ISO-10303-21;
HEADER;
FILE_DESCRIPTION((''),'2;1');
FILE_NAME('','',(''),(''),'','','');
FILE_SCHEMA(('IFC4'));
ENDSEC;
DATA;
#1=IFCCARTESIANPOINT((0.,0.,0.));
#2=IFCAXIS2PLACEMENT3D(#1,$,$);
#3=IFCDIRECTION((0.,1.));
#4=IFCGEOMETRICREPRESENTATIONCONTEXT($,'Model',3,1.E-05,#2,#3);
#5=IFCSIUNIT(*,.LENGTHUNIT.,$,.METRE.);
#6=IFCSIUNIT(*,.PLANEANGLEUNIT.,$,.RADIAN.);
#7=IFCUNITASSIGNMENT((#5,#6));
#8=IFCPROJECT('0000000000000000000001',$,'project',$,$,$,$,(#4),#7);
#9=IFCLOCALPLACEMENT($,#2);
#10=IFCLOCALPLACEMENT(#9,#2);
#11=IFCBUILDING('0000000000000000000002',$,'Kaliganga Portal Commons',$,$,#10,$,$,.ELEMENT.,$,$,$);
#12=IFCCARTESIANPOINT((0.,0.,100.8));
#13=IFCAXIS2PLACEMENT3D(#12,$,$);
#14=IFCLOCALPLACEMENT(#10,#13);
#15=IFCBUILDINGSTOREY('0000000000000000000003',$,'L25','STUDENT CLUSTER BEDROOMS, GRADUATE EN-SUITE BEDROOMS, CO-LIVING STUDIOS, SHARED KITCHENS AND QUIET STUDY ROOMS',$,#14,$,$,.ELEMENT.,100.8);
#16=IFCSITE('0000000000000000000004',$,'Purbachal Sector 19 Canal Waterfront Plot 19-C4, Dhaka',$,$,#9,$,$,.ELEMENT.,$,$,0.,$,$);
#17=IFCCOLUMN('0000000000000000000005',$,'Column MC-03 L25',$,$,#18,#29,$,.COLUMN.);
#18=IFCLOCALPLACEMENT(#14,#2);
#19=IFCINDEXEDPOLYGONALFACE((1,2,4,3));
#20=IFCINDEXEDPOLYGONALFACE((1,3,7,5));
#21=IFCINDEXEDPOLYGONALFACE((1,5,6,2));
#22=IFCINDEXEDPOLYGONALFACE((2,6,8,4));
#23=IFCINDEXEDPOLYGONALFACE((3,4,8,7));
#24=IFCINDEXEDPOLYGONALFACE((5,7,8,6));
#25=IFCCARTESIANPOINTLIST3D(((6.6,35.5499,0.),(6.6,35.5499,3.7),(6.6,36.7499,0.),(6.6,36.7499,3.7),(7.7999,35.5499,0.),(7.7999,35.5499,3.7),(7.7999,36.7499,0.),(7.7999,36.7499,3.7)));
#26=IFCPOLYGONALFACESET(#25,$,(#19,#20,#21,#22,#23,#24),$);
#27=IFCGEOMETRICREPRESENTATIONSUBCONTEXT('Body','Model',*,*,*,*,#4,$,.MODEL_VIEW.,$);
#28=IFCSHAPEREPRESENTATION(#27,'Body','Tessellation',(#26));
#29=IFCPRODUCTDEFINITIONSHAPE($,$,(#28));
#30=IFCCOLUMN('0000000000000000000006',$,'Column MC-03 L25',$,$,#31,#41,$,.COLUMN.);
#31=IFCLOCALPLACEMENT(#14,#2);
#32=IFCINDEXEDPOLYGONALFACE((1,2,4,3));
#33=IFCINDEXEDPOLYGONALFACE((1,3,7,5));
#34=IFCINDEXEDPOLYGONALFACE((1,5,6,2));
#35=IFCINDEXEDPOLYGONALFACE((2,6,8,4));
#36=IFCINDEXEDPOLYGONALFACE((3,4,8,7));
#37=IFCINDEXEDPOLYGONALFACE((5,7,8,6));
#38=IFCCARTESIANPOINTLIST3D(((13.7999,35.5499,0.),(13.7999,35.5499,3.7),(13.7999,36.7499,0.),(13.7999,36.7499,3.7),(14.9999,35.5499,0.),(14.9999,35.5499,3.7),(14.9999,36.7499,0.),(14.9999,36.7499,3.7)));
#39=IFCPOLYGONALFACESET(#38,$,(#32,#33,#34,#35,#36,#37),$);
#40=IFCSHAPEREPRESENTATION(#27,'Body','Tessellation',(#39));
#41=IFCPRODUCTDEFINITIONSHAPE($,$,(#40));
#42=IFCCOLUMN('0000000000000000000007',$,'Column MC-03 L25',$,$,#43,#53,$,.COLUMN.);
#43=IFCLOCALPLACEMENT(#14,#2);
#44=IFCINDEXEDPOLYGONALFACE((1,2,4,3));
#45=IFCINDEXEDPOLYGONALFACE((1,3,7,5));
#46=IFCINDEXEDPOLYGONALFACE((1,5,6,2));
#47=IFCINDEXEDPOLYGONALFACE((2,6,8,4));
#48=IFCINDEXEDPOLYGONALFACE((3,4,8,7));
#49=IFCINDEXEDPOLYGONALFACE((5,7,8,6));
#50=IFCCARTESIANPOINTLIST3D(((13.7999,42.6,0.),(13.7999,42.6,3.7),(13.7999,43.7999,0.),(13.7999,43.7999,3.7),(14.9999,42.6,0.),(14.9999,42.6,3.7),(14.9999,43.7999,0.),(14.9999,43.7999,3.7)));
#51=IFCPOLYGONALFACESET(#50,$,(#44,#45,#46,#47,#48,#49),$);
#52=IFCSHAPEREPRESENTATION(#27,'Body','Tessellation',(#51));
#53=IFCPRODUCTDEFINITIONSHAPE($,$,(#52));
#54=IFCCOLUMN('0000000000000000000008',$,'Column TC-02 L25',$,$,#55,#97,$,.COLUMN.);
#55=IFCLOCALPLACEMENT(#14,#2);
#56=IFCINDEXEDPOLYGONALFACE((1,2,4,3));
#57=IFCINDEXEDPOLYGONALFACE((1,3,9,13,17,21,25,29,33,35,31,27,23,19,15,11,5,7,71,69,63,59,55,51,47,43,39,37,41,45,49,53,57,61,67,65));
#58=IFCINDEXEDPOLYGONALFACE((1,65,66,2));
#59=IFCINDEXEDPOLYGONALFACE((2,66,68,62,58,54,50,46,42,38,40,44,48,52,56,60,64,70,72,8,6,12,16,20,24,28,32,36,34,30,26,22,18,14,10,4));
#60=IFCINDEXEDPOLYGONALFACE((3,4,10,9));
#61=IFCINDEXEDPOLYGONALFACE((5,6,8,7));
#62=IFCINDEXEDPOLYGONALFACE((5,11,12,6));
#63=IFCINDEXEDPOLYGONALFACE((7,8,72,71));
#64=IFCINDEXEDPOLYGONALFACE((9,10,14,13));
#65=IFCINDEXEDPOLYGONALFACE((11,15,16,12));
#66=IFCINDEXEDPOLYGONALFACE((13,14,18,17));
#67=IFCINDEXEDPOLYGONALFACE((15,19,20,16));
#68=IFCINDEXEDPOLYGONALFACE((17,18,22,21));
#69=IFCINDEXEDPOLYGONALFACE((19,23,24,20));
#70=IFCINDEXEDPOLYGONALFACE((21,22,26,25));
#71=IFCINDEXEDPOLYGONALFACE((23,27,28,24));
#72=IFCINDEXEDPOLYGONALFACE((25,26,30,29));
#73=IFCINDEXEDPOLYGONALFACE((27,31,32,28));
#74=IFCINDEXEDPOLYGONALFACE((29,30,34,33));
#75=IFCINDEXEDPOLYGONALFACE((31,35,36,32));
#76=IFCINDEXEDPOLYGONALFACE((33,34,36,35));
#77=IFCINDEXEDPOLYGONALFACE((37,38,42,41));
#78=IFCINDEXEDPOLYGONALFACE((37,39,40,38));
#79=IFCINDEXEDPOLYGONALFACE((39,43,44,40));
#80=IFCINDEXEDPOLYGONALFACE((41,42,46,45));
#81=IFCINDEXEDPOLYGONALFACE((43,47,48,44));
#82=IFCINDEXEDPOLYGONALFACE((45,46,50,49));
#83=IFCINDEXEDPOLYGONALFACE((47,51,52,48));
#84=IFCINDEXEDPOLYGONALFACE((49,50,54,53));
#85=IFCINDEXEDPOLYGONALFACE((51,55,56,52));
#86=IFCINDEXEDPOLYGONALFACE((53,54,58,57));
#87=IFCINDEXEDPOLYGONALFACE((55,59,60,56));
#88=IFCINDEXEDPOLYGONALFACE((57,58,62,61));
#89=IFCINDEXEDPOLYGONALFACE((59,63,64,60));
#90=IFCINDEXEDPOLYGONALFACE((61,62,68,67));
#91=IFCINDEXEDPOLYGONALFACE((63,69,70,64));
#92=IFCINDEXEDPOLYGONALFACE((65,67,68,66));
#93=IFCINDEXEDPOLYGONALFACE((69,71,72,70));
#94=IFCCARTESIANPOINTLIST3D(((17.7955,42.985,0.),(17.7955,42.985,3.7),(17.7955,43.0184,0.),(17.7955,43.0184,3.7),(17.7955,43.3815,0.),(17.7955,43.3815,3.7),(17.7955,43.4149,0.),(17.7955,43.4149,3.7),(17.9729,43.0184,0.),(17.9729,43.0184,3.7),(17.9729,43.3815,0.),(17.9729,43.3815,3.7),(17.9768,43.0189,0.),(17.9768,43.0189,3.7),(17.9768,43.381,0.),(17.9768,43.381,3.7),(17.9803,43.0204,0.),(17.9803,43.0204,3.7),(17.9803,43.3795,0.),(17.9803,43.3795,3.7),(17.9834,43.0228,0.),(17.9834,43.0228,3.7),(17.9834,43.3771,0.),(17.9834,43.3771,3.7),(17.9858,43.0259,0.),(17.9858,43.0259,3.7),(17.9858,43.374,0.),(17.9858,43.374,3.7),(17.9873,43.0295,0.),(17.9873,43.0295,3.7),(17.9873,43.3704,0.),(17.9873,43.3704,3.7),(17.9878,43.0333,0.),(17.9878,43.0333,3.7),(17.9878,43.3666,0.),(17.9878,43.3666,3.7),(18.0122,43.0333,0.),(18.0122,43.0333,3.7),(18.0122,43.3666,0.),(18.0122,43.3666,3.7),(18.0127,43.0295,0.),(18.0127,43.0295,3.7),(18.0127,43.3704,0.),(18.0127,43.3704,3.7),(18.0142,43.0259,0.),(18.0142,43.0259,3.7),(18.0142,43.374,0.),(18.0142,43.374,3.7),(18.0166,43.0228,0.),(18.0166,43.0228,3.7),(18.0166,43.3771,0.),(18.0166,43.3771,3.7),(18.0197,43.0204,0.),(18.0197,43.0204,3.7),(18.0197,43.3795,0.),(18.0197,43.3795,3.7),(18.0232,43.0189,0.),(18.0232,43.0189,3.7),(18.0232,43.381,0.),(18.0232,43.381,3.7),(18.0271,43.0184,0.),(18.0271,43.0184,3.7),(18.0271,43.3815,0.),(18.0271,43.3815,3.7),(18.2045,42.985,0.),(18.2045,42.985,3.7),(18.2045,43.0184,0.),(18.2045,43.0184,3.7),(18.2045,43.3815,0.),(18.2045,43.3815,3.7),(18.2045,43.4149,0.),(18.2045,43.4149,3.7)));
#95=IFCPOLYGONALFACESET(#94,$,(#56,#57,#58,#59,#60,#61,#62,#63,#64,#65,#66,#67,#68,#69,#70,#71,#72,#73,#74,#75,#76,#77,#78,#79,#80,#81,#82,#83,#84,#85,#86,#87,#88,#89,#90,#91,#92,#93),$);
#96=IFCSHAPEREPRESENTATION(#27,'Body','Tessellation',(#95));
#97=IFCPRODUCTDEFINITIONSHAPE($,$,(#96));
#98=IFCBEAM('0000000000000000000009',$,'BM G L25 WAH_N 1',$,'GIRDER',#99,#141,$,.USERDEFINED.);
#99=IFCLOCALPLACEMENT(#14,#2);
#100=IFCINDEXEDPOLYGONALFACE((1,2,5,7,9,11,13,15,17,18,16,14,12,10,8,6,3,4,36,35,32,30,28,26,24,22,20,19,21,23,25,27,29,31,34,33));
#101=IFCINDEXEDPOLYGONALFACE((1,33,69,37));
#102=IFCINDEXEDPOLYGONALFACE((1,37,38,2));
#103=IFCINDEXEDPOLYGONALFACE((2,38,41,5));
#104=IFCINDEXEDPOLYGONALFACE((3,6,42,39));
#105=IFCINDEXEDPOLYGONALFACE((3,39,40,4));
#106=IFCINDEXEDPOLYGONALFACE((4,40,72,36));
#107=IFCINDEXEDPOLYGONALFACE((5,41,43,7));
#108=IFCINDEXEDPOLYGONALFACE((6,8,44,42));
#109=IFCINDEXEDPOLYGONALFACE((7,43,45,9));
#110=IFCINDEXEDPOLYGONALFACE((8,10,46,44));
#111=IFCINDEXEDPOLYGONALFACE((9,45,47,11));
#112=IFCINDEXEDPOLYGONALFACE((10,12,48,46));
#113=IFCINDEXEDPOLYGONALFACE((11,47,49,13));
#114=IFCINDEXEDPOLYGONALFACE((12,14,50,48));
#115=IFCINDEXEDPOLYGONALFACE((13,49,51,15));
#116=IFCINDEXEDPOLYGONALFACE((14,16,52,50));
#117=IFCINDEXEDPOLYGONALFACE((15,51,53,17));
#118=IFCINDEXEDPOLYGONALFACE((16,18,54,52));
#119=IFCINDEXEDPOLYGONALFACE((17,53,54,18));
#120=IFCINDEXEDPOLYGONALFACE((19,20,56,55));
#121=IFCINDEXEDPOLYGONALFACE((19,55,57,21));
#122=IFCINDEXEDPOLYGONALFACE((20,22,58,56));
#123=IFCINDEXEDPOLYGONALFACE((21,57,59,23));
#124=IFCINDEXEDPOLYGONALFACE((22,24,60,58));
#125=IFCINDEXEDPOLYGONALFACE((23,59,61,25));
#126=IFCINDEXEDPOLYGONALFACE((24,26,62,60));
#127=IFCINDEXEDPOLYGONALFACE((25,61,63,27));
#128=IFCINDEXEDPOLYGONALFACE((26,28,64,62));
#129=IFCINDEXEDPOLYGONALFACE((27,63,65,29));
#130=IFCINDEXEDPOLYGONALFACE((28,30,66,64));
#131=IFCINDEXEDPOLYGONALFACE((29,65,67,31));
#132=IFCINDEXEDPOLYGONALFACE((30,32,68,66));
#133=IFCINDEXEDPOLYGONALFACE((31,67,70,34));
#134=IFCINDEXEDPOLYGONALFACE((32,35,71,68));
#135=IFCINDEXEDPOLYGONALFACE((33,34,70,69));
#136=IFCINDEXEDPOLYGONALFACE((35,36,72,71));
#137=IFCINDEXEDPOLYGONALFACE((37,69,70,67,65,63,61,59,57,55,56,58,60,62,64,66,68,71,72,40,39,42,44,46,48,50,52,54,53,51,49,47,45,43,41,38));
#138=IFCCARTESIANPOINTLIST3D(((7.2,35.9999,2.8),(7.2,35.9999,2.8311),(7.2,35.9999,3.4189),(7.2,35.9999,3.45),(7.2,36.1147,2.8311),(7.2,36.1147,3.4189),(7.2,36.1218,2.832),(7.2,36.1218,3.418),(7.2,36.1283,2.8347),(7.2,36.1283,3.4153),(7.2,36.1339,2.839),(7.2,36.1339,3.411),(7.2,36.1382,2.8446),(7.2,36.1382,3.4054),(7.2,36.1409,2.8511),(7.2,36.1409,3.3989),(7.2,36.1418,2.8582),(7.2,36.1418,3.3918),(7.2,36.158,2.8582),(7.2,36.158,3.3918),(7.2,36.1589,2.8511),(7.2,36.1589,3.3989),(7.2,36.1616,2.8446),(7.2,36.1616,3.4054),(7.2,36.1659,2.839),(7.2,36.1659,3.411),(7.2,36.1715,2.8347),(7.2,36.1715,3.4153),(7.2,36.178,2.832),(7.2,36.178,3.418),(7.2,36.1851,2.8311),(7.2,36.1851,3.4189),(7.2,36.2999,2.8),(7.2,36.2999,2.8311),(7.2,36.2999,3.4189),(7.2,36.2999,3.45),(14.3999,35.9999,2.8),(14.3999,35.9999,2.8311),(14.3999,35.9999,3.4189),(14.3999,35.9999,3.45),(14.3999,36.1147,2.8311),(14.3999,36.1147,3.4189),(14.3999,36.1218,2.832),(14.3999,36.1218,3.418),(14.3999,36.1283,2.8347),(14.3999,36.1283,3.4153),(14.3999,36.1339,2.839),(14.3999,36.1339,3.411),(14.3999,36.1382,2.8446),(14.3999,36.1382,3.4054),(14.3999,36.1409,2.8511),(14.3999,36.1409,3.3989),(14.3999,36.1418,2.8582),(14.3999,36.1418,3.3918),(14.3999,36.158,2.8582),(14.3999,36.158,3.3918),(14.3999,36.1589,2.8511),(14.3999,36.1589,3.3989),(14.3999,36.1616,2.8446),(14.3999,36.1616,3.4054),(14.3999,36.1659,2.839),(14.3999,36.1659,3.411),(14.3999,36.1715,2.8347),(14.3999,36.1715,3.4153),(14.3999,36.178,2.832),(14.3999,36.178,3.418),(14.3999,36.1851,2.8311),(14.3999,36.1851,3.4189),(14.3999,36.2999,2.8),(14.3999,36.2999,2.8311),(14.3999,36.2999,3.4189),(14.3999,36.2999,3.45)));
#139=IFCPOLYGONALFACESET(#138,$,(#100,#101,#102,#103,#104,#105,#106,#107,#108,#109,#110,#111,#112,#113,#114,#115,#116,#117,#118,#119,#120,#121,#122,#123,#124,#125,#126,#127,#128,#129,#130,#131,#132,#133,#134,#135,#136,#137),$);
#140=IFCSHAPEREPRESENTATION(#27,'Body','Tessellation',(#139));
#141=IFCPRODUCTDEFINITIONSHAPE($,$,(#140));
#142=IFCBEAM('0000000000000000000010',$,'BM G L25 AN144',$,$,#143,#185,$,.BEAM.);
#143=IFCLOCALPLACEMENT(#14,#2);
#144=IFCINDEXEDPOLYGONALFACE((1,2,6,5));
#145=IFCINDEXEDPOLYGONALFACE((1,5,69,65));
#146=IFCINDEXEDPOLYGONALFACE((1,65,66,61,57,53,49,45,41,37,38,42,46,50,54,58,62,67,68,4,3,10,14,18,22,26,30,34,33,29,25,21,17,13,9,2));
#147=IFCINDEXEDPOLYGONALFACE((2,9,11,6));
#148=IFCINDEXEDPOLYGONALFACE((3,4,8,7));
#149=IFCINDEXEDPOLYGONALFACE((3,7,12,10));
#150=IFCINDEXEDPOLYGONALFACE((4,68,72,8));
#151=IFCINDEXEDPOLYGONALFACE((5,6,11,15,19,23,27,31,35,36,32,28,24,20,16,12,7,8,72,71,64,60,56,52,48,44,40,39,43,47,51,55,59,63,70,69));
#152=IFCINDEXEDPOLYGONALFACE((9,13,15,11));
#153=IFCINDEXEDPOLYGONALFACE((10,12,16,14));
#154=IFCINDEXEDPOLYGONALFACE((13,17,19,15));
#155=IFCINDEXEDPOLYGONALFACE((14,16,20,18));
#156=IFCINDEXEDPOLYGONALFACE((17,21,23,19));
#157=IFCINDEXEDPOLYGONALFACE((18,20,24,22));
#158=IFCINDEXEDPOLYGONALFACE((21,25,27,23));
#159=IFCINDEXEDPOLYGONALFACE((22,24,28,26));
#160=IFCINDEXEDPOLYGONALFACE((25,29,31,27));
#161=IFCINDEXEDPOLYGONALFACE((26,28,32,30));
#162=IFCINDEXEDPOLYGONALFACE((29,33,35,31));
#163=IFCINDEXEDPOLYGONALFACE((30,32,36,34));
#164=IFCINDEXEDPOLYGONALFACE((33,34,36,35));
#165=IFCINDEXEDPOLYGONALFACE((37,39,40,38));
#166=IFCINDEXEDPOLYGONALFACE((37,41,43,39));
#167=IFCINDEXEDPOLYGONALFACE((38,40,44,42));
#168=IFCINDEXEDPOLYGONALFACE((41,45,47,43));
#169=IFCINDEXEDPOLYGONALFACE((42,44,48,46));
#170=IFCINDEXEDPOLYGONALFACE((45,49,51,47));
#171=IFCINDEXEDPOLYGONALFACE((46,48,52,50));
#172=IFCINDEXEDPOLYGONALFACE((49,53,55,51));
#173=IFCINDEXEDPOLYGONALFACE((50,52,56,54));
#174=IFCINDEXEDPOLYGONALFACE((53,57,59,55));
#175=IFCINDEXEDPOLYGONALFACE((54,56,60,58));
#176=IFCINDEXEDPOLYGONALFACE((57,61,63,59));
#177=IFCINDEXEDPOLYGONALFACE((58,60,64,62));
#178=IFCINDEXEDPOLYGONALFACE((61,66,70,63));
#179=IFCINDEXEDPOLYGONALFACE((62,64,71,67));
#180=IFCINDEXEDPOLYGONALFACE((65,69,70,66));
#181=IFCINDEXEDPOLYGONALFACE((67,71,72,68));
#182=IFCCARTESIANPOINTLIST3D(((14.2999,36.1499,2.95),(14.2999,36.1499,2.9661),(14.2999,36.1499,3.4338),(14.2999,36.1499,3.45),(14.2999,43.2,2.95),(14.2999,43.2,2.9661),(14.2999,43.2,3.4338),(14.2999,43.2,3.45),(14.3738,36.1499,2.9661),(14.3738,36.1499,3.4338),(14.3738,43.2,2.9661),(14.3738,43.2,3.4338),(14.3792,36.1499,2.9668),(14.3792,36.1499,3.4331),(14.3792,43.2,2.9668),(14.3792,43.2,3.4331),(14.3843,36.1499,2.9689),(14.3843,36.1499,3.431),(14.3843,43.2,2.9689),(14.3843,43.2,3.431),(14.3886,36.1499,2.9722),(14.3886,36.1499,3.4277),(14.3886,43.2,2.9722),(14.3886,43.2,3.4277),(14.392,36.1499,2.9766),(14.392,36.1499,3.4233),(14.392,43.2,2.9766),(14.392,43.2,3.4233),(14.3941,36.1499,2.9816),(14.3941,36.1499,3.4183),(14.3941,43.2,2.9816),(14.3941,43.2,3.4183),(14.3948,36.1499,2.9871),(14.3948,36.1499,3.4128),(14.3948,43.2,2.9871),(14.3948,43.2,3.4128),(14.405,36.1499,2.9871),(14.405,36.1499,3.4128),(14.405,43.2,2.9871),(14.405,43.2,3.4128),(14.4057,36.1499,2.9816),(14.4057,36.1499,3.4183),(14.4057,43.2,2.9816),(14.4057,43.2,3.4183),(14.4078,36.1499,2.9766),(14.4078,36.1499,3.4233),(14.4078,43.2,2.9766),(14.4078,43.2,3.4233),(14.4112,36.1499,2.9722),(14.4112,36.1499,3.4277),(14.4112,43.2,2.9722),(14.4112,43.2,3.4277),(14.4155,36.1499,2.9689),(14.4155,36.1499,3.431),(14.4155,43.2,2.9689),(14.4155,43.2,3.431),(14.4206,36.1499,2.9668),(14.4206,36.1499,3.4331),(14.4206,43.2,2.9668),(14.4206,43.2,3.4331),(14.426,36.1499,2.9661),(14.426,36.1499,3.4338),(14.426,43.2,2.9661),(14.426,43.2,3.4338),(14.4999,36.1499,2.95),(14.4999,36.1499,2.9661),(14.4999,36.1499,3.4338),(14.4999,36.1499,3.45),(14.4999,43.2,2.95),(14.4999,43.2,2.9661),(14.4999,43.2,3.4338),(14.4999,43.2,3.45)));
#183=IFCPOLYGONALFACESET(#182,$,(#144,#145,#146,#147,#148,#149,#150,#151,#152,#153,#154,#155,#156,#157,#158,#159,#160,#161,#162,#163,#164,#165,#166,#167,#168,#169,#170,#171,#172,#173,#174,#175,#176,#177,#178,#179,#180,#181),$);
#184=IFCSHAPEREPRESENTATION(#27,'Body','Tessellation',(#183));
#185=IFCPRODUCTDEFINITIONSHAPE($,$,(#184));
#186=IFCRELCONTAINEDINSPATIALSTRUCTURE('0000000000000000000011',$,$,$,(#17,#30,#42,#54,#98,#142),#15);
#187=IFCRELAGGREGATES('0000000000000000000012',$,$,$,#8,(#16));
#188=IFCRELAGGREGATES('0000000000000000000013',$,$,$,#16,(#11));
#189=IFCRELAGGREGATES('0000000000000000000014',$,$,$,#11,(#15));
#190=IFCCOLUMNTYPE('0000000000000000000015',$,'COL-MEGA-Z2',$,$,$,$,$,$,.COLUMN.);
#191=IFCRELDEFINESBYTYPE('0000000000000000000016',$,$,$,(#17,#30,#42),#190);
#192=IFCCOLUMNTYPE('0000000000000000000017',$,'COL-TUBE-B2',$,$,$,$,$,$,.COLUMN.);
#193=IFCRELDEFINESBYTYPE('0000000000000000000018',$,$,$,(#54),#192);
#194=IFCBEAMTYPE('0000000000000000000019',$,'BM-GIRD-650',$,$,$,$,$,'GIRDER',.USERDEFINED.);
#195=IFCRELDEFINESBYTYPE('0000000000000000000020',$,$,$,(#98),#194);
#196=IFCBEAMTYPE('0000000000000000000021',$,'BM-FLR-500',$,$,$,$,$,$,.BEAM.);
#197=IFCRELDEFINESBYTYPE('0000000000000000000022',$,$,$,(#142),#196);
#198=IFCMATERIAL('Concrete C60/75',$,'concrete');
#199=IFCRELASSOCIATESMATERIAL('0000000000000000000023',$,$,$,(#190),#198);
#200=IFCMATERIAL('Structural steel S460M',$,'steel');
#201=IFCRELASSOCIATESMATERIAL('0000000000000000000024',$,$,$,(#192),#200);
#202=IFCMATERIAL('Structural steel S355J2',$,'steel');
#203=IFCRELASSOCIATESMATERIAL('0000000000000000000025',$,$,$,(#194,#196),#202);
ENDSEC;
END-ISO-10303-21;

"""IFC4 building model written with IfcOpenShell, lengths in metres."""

from ifc_helpers import new_model, si_unit, direction, frame, origin, origin_2d, place, context, subcontext, project, spatial, rectangle, i_section, extrude, source, transform, mapped, material, material_profile, profile_set, type_object, element, save


model = new_model("IFC4")

# Units and contexts
model_context = context("Model", 3, precision=1e-05, world=origin(), true_north=direction((0.0, 1.0)))
body_context = subcontext(model_context, "Body", "Model", "MODEL_VIEW")
ifc_project = project(units=[si_unit("LENGTHUNIT", "METRE"), si_unit("PLANEANGLEUNIT", "RADIAN")], contexts=[model_context])

# Site, building, storey
site_placement = place(None, origin())
site = spatial("IfcSite", under=ifc_project, at=site_placement, Name="Purbachal Sector 19 Canal Waterfront Plot 19-C4, Dhaka", CompositionType="ELEMENT", RefElevation=0.0)
building_placement = place(site_placement, origin())
building = spatial("IfcBuilding", under=site, at=building_placement, Name="Kaliganga Portal Commons", CompositionType="ELEMENT")
storey_placement = place(building_placement, frame((0.0, 0.0, 100.8)))
storey = spatial("IfcBuildingStorey", under=building, at=storey_placement, Name="L25", Description="STUDENT CLUSTER BEDROOMS, GRADUATE EN-SUITE BEDROOMS, CO-LIVING STUDIOS, SHARED KITCHENS AND QUIET STUDY ROOMS", CompositionType="ELEMENT", Elevation=100.8)

# Columns
ifc_material_1 = material(Name="Concrete C60/75", Category="concrete")
ifc_material_profile_1 = material_profile(ifc_material_1, rectangle(XDim=1.2, YDim=1.2, at=origin_2d()), Name="RC 1200x1200")
ifc_profile_set_1 = profile_set([ifc_material_profile_1], Name="Concrete C60/75")
column_type_1 = type_object("IfcColumnType", Name="COL-MEGA-Z2", PredefinedType="COLUMN", material=ifc_profile_set_1)
shared_shape_1 = source(origin(), body_context, "Body", "SweptSolid", [
    extrude(rectangle(XDim=1.2, YDim=1.2, at=origin_2d()), origin(), (0.0, 0.0, 1.0), 3.7),
])
for number, where, z_axis, x_axis, name in (
    (1, (7.2, 36.1499, 0.0), (0.0, 0.0, 1.0), (1.0, 0.0, 0.0), "Column MC-03 L25"),
    (2, (14.3999, 36.1499, 0.0), (0.0, 0.0, 1.0), (1.0, 0.0, 0.0), "Column MC-03 L25"),
    (3, (14.3999, 43.2, 0.0), (0.0, 0.0, 1.0), (1.0, 0.0, 0.0), "Column MC-03 L25"),
):
    element("IfcColumn", number, at=place(storey_placement, frame(where, z_axis=z_axis, x_axis=x_axis)), inside=storey, type_object=column_type_1, Name=name, PredefinedType="COLUMN", context=body_context, shape_type="MappedRepresentation", body=[
        mapped(shared_shape_1, transform((0.0, 0.0, 0.0), x_axis=(1.0, 0.0, 0.0), y_axis=(0.0, 1.0, 0.0), z_axis=(0.0, 0.0, 1.0), scale=1.0)),
    ])
ifc_material_2 = material(Name="Structural steel S460M", Category="steel")
ifc_material_profile_2 = material_profile(ifc_material_2, i_section(OverallWidth=0.4089, OverallDepth=0.4299, WebThickness=0.0244, FlangeThickness=0.0334, FilletRadius=0.0149, at=origin_2d()), Name="HD 400x421")
ifc_profile_set_2 = profile_set([ifc_material_profile_2], Name="Structural steel S460M wide-flange")
column_type_2 = type_object("IfcColumnType", Name="COL-TUBE-B2", PredefinedType="COLUMN", material=ifc_profile_set_2)
shared_shape_2 = source(origin(), body_context, "Body", "SweptSolid", [
    extrude(i_section(OverallWidth=0.4089, OverallDepth=0.4299, WebThickness=0.0244, FlangeThickness=0.0334, FilletRadius=0.0149, at=origin_2d()), origin(), (0.0, 0.0, 1.0), 3.7),
])
column_placement = place(storey_placement, frame((18.0, 43.2, 0.0), z_axis=(0.0, 0.0, 1.0), x_axis=(1.0, 0.0, 0.0)))
element("IfcColumn", 4, at=column_placement, inside=storey, type_object=column_type_2, Name="Column TC-02 L25", PredefinedType="COLUMN", context=body_context, shape_type="MappedRepresentation", body=[
    mapped(shared_shape_2, transform((0.0, 0.0, 0.0), x_axis=(1.0, 0.0, 0.0), y_axis=(0.0, 1.0, 0.0), z_axis=(0.0, 0.0, 1.0), scale=1.0)),
])

# Beams
ifc_material_3 = material(Name="Structural steel S355J2", Category="steel")
ifc_material_profile_3 = material_profile(ifc_material_3, i_section(OverallWidth=0.3, OverallDepth=0.6499, WebThickness=0.0161, FlangeThickness=0.031, FilletRadius=0.0271, at=origin_2d()), Name="HE 650 B")
ifc_profile_set_3 = profile_set([ifc_material_profile_3], Name="Structural steel S355J2 wide-flange")
beam_type_1 = type_object("IfcBeamType", Name="BM-GIRD-650", ElementType="GIRDER", PredefinedType="USERDEFINED", material=ifc_profile_set_3)
shared_shape_3 = source(origin(), body_context, "Body", "SweptSolid", [
    extrude(i_section(OverallWidth=0.3, OverallDepth=0.6499, WebThickness=0.0161, FlangeThickness=0.031, FilletRadius=0.0271, at=origin_2d()), origin(), (0.0, 0.0, 1.0), 7.2),
])
beam_1_placement = place(storey_placement, frame((7.2, 36.1499, 3.125), z_axis=(1.0, 0.0, 0.0), x_axis=(0.0, 1.0, 0.0)))
element("IfcBeam", 5, at=beam_1_placement, inside=storey, type_object=beam_type_1, Name="BM G L25 WAH_N 1", ObjectType="GIRDER", PredefinedType="USERDEFINED", context=body_context, shape_type="MappedRepresentation", body=[
    mapped(shared_shape_3, transform((0.0, 0.0, 0.0), x_axis=(1.0, 0.0, 0.0), y_axis=(0.0, 1.0, 0.0), z_axis=(0.0, 0.0, 1.0), scale=1.0)),
])
ifc_material_profile_4 = material_profile(ifc_material_3, i_section(OverallWidth=0.2, OverallDepth=0.5, WebThickness=0.0103, FlangeThickness=0.0161, FilletRadius=0.021, at=origin_2d()), Name="IPE 500")
ifc_profile_set_4 = profile_set([ifc_material_profile_4], Name="Structural steel S355J2 wide-flange")
beam_type_2 = type_object("IfcBeamType", Name="BM-FLR-500", PredefinedType="BEAM", material=ifc_profile_set_4)
shared_shape_4 = source(origin(), body_context, "Body", "SweptSolid", [
    extrude(i_section(OverallWidth=0.2, OverallDepth=0.5, WebThickness=0.0103, FlangeThickness=0.0161, FilletRadius=0.021, at=origin_2d()), origin(), (0.0, 0.0, 1.0), 7.05),
])
beam_2_placement = place(storey_placement, frame((14.3999, 36.1499, 3.2), z_axis=(0.0, 1.0, 0.0), x_axis=(-1.0, 0.0, 0.0)))
element("IfcBeam", 6, at=beam_2_placement, inside=storey, type_object=beam_type_2, Name="BM G L25 AN144", PredefinedType="BEAM", context=body_context, shape_type="MappedRepresentation", body=[
    mapped(shared_shape_4, transform((0.0, 0.0, 0.0), x_axis=(1.0, 0.0, 0.0), y_axis=(0.0, 1.0, 0.0), z_axis=(0.0, 0.0, 1.0), scale=1.0)),
])

save(model, "model.ifc")
